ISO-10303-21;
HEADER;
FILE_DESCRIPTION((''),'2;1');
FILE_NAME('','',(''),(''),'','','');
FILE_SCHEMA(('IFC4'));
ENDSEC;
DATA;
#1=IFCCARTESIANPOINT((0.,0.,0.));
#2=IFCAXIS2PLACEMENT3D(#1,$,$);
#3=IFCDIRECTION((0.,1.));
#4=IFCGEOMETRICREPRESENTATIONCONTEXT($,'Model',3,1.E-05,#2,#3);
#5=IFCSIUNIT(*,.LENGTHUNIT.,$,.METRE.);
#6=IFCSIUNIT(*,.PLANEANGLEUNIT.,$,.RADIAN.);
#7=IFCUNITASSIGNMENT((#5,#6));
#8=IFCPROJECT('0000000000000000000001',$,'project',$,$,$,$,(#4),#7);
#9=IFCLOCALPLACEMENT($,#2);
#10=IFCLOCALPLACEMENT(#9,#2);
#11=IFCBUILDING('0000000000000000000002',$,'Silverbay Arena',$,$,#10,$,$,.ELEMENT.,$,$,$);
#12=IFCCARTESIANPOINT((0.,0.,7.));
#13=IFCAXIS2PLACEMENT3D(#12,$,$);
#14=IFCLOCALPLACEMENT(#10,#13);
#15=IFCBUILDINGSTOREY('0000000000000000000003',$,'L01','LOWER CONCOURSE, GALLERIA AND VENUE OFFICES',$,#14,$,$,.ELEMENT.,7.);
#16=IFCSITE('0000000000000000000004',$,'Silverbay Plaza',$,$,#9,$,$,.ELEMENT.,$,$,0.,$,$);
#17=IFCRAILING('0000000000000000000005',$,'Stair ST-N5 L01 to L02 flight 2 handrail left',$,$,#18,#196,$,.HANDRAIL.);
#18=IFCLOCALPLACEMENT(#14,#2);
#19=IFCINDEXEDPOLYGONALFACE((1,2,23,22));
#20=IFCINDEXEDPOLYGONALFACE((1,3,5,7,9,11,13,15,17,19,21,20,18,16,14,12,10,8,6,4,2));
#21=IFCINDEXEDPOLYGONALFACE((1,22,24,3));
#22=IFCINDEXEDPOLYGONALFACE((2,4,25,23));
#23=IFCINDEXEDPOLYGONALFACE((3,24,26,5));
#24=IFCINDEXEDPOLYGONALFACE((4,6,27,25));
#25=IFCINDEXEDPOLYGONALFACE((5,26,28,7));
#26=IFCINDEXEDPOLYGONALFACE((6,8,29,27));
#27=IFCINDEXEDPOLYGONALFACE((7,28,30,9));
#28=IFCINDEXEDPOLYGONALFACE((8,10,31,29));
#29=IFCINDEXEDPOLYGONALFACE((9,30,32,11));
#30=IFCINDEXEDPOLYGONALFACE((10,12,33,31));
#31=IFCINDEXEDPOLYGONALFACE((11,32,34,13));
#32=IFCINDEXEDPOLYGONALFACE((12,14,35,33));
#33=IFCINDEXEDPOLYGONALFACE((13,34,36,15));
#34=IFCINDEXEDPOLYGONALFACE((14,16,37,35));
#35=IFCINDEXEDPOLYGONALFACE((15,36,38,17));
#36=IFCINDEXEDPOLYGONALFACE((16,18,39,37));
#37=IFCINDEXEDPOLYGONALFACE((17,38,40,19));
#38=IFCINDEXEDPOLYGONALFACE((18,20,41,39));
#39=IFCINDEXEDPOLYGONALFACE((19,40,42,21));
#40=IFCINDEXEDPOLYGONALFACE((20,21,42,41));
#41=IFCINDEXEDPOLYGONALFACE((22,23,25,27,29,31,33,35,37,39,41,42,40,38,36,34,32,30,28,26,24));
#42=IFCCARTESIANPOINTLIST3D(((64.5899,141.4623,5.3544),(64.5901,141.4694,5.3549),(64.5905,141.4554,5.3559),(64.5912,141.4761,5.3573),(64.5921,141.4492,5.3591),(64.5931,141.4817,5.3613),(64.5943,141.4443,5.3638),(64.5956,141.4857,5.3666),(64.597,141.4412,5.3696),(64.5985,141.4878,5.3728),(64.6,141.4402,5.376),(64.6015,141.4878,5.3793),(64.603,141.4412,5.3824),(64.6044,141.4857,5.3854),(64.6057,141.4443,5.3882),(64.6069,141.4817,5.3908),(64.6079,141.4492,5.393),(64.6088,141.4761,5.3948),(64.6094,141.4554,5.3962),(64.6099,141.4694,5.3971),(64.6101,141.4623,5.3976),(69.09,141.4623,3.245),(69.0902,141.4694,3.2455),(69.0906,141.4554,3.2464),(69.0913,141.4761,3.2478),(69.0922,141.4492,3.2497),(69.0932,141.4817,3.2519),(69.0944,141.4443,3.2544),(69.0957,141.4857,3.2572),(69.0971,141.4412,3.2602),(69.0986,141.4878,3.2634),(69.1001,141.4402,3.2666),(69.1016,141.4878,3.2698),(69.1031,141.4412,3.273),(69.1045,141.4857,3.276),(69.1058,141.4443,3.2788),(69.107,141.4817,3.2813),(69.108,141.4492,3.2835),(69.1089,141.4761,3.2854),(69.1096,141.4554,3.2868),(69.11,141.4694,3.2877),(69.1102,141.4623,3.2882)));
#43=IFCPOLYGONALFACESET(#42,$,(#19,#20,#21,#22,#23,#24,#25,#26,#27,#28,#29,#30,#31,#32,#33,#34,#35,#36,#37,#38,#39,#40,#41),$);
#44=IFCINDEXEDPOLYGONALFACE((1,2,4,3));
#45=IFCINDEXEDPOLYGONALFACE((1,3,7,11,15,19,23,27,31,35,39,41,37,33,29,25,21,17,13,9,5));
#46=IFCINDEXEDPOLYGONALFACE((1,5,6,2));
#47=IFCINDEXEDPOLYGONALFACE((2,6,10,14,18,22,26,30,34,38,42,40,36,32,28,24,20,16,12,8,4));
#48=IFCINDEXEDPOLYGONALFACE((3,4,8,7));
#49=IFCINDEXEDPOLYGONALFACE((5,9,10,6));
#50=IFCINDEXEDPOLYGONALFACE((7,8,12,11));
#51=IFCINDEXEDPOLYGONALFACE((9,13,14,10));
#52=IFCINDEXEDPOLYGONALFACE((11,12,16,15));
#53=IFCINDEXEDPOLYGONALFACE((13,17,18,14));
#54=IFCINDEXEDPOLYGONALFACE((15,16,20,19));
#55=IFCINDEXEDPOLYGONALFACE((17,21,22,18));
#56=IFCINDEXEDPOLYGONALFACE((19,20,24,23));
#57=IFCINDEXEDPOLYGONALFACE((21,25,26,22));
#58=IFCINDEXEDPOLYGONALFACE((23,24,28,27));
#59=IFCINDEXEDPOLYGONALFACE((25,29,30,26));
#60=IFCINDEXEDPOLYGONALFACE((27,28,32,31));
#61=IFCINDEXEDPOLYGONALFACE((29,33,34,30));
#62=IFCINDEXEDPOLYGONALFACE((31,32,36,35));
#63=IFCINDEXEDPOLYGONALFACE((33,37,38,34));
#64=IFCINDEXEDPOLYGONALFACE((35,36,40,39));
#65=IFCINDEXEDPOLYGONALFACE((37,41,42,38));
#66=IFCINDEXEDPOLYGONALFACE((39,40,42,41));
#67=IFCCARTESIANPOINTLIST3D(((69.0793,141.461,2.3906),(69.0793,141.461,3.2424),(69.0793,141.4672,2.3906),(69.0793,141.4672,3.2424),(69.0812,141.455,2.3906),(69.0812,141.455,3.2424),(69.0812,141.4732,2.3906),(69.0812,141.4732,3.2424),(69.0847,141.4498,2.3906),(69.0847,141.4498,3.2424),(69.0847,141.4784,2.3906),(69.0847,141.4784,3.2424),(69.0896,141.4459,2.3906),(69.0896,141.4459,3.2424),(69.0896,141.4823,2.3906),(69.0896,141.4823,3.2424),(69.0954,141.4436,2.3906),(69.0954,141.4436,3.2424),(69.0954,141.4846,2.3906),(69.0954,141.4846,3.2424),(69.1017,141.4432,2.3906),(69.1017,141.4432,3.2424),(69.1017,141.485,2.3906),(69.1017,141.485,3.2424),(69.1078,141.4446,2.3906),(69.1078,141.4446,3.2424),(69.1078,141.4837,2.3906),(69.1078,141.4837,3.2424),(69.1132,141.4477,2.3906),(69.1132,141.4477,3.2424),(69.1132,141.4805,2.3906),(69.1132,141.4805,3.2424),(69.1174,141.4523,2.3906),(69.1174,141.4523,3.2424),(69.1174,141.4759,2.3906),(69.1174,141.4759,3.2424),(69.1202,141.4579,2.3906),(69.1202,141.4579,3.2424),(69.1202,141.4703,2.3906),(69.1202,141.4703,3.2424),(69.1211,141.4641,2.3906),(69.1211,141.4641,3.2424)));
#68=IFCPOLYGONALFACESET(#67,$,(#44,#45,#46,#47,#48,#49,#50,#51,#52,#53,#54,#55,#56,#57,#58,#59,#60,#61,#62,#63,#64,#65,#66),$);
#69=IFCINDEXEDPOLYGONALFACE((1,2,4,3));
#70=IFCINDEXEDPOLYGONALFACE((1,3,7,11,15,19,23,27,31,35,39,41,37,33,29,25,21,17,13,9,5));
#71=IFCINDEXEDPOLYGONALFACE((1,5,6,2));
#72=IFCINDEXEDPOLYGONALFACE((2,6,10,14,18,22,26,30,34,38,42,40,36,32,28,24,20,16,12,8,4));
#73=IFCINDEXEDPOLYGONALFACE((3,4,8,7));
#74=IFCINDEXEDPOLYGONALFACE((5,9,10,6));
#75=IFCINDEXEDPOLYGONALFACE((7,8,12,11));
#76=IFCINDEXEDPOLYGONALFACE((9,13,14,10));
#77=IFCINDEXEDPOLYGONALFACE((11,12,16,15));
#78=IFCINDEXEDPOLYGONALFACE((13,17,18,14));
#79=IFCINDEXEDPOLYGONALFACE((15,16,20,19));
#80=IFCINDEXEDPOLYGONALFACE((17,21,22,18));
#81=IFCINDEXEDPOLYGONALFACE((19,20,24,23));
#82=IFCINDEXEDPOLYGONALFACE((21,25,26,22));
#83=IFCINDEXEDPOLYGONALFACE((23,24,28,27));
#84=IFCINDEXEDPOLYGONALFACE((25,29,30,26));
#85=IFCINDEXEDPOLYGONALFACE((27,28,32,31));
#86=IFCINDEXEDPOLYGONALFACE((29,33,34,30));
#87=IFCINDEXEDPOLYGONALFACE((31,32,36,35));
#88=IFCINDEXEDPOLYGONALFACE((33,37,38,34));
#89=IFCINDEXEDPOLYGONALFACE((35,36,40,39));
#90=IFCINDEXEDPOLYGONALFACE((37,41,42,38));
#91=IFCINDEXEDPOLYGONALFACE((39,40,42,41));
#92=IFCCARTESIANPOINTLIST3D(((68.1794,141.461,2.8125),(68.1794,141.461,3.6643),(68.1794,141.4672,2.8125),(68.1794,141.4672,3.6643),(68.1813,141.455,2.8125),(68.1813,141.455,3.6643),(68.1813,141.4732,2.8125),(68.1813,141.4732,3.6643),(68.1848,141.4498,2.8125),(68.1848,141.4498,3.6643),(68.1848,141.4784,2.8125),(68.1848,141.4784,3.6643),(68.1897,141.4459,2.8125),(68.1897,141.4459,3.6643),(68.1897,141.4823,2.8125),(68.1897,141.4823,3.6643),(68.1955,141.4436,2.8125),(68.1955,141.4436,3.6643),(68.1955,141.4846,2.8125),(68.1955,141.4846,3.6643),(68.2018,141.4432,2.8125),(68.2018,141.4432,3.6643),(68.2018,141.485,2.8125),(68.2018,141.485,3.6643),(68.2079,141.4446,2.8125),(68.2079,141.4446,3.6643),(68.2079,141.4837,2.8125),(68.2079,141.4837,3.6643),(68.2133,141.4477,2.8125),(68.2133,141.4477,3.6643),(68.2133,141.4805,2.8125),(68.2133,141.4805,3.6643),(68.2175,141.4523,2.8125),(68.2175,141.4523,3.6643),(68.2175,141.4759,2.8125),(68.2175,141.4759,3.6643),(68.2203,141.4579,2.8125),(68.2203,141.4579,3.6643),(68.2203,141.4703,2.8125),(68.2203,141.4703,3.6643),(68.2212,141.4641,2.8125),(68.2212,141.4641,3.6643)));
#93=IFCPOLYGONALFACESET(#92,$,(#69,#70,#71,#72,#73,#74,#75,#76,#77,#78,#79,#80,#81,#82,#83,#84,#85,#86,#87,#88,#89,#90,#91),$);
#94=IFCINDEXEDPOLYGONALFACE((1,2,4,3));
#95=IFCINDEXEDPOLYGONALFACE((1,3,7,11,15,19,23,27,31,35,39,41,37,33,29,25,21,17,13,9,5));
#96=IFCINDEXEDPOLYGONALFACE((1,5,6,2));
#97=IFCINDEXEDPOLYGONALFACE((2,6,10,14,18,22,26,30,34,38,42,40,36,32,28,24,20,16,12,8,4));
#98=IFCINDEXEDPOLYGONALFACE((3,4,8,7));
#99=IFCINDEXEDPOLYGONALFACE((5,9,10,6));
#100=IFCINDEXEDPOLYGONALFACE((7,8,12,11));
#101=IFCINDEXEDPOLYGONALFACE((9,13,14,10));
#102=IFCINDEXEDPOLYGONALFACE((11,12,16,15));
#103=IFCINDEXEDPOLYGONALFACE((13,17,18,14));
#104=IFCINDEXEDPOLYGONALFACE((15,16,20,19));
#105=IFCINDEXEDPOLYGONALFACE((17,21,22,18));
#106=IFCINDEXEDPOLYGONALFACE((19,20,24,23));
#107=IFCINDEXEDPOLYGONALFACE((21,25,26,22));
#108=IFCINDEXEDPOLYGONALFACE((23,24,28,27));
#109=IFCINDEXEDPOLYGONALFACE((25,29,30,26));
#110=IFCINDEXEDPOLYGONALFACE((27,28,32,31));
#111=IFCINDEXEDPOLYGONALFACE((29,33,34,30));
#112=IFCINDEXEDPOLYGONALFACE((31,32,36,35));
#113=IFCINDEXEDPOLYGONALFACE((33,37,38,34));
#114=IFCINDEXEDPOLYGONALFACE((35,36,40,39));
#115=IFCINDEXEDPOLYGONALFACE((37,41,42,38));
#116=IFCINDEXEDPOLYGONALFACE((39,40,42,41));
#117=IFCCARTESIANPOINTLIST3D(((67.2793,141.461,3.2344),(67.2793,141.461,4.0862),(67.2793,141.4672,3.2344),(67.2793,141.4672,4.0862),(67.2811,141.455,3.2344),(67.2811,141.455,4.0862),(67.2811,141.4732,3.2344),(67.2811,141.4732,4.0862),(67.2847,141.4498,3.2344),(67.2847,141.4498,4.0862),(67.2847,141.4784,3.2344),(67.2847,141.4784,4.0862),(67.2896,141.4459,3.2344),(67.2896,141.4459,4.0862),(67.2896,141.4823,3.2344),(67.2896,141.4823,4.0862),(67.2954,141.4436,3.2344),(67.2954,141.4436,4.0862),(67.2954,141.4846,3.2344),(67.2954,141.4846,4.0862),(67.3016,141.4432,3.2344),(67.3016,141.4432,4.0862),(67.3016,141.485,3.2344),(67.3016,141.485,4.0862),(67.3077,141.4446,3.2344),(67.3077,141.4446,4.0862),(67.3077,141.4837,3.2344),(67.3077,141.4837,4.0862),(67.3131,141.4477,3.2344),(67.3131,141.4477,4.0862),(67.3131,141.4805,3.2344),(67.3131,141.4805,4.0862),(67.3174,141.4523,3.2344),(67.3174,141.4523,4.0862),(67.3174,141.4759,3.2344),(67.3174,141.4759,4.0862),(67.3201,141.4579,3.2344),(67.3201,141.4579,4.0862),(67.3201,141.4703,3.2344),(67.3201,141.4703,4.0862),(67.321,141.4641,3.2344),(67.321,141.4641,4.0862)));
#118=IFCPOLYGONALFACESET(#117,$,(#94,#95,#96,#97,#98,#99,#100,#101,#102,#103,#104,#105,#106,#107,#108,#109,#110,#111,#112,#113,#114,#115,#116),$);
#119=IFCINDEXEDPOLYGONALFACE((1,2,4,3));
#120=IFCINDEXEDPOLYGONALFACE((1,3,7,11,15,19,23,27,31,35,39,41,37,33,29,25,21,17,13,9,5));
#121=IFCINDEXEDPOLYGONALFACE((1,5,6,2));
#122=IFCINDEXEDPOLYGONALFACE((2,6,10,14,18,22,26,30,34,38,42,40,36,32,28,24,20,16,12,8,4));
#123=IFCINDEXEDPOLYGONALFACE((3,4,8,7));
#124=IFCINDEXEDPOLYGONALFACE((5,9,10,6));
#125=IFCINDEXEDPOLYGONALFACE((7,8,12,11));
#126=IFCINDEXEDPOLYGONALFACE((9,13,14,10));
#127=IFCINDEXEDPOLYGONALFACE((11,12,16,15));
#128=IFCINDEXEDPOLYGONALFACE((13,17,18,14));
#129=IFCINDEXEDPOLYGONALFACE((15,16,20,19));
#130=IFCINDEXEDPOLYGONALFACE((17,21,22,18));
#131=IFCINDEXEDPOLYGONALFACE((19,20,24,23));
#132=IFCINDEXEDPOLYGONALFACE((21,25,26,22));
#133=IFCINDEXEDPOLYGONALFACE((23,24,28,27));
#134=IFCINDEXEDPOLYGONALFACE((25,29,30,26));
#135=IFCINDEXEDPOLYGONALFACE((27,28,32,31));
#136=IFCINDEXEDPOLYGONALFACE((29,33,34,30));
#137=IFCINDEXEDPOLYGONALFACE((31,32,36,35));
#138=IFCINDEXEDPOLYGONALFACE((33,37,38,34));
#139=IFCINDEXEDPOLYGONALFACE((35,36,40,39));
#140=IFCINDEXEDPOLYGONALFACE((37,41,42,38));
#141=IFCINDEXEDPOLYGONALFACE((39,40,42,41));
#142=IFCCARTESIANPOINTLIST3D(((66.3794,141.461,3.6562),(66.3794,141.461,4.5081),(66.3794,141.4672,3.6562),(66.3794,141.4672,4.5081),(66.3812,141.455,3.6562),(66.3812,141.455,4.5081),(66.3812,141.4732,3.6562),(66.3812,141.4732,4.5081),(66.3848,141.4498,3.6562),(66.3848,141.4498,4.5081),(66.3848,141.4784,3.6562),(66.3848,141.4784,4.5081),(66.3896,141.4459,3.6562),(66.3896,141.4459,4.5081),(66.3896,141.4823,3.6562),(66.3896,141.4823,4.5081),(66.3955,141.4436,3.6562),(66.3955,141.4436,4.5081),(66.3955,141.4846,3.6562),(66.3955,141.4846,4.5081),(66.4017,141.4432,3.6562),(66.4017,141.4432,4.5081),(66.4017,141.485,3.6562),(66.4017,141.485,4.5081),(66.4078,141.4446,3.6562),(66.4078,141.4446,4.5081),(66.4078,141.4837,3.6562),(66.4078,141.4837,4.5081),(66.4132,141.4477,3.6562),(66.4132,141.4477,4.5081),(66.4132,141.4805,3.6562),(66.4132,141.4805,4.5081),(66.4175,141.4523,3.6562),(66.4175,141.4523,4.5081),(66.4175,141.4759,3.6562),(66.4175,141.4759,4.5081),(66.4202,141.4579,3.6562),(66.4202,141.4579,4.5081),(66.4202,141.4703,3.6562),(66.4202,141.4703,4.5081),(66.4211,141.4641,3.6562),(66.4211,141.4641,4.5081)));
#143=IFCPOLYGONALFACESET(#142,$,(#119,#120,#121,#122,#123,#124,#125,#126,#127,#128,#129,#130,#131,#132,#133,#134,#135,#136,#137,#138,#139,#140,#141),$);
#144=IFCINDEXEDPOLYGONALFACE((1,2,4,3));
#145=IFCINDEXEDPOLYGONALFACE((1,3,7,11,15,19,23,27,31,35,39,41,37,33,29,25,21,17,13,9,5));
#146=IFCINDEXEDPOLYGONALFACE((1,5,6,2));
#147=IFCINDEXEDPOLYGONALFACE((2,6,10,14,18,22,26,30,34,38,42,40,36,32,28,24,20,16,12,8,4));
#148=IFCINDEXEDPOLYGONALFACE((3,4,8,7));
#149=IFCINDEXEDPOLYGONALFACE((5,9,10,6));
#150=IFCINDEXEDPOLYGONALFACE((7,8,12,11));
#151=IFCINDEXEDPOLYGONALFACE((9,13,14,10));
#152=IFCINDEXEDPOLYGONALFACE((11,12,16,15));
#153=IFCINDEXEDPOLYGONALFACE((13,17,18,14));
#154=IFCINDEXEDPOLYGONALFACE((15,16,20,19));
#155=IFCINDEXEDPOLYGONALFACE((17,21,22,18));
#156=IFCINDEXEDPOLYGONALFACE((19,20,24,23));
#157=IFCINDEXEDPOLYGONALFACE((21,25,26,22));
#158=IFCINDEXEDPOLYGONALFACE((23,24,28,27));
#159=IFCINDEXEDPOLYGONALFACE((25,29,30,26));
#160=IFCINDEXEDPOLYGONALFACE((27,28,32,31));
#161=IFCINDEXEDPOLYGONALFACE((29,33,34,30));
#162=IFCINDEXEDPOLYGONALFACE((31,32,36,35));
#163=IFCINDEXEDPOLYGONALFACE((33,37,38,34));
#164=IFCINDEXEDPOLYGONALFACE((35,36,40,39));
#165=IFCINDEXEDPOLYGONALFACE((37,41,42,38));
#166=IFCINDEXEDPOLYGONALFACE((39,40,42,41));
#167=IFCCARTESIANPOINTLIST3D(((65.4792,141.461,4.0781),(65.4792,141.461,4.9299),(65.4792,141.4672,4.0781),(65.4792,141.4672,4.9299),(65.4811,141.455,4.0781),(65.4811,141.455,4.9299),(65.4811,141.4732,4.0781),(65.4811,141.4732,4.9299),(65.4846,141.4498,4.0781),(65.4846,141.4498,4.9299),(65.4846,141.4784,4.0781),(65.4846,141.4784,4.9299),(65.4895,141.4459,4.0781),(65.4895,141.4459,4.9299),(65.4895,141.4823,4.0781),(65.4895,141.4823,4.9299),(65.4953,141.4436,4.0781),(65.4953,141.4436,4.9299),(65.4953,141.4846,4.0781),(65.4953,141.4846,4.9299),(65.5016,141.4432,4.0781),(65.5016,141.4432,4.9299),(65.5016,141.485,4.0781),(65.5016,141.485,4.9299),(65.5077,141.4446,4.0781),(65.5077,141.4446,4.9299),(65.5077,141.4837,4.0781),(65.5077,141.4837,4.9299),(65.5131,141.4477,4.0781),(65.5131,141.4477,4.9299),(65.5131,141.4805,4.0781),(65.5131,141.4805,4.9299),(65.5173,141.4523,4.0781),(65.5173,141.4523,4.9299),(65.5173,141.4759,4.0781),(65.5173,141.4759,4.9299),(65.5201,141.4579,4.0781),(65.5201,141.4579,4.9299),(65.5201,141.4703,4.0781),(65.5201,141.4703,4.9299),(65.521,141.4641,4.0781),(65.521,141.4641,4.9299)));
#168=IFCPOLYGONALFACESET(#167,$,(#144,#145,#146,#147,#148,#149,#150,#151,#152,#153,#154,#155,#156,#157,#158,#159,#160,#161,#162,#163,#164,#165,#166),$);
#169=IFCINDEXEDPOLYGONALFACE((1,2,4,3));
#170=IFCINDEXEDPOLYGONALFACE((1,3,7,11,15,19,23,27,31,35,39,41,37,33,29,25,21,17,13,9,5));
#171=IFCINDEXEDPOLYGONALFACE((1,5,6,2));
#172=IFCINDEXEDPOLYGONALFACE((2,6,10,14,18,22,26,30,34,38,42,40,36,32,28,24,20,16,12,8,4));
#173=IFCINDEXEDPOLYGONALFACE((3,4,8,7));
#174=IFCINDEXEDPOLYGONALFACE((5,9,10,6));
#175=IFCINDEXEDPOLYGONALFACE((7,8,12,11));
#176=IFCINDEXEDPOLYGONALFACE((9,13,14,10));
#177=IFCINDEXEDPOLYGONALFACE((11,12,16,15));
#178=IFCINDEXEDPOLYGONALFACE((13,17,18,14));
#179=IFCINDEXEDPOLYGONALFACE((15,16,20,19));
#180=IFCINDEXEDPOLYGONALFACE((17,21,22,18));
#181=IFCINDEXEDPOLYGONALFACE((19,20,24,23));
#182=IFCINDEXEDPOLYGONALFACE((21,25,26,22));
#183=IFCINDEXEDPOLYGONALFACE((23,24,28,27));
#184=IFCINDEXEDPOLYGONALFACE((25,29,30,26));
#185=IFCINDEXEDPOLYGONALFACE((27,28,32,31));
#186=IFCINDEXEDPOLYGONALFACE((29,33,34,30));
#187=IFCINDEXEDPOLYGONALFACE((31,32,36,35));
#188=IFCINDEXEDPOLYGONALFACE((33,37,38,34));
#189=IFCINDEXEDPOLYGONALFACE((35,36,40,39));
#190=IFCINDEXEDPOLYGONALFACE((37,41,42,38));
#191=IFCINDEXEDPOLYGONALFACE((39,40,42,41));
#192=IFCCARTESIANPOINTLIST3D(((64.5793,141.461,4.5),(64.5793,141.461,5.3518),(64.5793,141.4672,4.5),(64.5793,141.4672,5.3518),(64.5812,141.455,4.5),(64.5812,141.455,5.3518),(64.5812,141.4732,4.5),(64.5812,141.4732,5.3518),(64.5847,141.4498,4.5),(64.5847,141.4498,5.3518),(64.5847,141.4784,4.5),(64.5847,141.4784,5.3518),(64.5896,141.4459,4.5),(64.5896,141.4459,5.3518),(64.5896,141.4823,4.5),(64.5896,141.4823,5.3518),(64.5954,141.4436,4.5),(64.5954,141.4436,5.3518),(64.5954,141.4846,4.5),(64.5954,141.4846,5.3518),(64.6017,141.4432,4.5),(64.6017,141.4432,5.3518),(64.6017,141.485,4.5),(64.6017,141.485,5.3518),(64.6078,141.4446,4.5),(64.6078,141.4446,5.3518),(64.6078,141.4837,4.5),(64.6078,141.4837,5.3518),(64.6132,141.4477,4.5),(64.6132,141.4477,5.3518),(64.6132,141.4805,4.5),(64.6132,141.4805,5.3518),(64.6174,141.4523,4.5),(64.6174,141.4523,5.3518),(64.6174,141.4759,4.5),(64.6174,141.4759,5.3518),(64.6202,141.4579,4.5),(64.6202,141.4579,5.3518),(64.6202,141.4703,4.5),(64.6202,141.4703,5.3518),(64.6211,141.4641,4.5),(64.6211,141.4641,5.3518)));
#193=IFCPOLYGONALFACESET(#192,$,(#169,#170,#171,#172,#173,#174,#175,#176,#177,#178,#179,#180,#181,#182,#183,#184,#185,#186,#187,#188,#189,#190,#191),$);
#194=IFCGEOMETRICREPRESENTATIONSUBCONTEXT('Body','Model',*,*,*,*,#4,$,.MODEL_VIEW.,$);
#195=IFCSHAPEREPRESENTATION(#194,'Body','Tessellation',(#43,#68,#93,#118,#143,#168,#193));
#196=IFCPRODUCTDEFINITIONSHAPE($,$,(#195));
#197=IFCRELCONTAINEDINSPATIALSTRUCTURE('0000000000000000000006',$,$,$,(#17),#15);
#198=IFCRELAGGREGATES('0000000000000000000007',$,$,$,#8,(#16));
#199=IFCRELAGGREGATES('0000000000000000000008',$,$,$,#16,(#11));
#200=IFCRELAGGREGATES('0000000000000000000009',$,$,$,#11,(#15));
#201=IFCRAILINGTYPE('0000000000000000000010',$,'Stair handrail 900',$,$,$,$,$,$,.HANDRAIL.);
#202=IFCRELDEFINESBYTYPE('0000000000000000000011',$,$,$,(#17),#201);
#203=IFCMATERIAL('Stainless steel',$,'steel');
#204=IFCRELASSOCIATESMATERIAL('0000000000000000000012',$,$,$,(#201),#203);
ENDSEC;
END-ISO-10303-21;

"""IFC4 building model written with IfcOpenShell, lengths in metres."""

from ifc_helpers import new_model, si_unit, direction, frame, origin, origin_2d, place, context, subcontext, project, spatial, circle, extrude, material, type_object, element, save


model = new_model("IFC4")

# Units and contexts
model_context = context("Model", 3, precision=1e-05, world=origin(), true_north=direction((0.0, 1.0)))
body_context = subcontext(model_context, "Body", "Model", "MODEL_VIEW")
ifc_project = project(units=[si_unit("LENGTHUNIT", "METRE"), si_unit("PLANEANGLEUNIT", "RADIAN")], contexts=[model_context])

# Site, building, storey
site_placement = place(None, origin())
site = spatial("IfcSite", under=ifc_project, at=site_placement, Name="Silverbay Plaza", CompositionType="ELEMENT", RefElevation=0.0)
building_placement = place(site_placement, origin())
building = spatial("IfcBuilding", under=site, at=building_placement, Name="Silverbay Arena", CompositionType="ELEMENT")
storey_placement = place(building_placement, frame((0.0, 0.0, 7.0)))
storey = spatial("IfcBuildingStorey", under=building, at=storey_placement, Name="L01", Description="LOWER CONCOURSE, GALLERIA AND VENUE OFFICES", CompositionType="ELEMENT", Elevation=7.0)

# Railing
ifc_material_1 = material(Name="Stainless steel", Category="steel")
railing_type_1 = type_object("IfcRailingType", Name="Stair handrail 900", PredefinedType="HANDRAIL", material=ifc_material_1)
for number, where, name in (
    (1, (69.1001, 141.4641, 2.3906), "Stair ST-N5 L01 to L02 flight 2 handrail left"),
):
    element("IfcRailing", number, at=place(storey_placement, frame(where)), inside=storey, type_object=railing_type_1, Name=name, PredefinedType="HANDRAIL", context=body_context, shape_type="SweptSolid", body=[
        extrude(circle(Radius=0.0239, at=origin_2d()), frame((0.0, 0.0, 0.876), z_axis=(-0.905459, 0.0, 0.424434), x_axis=(0.0, -1.0, 0.0)), (0.0, 0.0, 1.0), 4.97),
        extrude(circle(Radius=0.021, at=origin_2d()), origin(), (0.0, 0.0, 1.0), 0.8518),
        extrude(circle(Radius=0.021, at=origin_2d()), frame((-0.8999, 0.0, 0.4219)), (0.0, 0.0, 1.0), 0.8518),
        extrude(circle(Radius=0.021, at=origin_2d()), frame((-1.8, 0.0, 0.8438)), (0.0, 0.0, 1.0), 0.8518),
        extrude(circle(Radius=0.021, at=origin_2d()), frame((-2.7, 0.0, 1.2656)), (0.0, 0.0, 1.0), 0.8518),
        extrude(circle(Radius=0.021, at=origin_2d()), frame((-3.6001, 0.0, 1.6875)), (0.0, 0.0, 1.0), 0.8518),
        extrude(circle(Radius=0.021, at=origin_2d()), frame((-4.5, 0.0, 2.1094)), (0.0, 0.0, 1.0), 0.8518),
    ])

save(model, "model.ifc")
